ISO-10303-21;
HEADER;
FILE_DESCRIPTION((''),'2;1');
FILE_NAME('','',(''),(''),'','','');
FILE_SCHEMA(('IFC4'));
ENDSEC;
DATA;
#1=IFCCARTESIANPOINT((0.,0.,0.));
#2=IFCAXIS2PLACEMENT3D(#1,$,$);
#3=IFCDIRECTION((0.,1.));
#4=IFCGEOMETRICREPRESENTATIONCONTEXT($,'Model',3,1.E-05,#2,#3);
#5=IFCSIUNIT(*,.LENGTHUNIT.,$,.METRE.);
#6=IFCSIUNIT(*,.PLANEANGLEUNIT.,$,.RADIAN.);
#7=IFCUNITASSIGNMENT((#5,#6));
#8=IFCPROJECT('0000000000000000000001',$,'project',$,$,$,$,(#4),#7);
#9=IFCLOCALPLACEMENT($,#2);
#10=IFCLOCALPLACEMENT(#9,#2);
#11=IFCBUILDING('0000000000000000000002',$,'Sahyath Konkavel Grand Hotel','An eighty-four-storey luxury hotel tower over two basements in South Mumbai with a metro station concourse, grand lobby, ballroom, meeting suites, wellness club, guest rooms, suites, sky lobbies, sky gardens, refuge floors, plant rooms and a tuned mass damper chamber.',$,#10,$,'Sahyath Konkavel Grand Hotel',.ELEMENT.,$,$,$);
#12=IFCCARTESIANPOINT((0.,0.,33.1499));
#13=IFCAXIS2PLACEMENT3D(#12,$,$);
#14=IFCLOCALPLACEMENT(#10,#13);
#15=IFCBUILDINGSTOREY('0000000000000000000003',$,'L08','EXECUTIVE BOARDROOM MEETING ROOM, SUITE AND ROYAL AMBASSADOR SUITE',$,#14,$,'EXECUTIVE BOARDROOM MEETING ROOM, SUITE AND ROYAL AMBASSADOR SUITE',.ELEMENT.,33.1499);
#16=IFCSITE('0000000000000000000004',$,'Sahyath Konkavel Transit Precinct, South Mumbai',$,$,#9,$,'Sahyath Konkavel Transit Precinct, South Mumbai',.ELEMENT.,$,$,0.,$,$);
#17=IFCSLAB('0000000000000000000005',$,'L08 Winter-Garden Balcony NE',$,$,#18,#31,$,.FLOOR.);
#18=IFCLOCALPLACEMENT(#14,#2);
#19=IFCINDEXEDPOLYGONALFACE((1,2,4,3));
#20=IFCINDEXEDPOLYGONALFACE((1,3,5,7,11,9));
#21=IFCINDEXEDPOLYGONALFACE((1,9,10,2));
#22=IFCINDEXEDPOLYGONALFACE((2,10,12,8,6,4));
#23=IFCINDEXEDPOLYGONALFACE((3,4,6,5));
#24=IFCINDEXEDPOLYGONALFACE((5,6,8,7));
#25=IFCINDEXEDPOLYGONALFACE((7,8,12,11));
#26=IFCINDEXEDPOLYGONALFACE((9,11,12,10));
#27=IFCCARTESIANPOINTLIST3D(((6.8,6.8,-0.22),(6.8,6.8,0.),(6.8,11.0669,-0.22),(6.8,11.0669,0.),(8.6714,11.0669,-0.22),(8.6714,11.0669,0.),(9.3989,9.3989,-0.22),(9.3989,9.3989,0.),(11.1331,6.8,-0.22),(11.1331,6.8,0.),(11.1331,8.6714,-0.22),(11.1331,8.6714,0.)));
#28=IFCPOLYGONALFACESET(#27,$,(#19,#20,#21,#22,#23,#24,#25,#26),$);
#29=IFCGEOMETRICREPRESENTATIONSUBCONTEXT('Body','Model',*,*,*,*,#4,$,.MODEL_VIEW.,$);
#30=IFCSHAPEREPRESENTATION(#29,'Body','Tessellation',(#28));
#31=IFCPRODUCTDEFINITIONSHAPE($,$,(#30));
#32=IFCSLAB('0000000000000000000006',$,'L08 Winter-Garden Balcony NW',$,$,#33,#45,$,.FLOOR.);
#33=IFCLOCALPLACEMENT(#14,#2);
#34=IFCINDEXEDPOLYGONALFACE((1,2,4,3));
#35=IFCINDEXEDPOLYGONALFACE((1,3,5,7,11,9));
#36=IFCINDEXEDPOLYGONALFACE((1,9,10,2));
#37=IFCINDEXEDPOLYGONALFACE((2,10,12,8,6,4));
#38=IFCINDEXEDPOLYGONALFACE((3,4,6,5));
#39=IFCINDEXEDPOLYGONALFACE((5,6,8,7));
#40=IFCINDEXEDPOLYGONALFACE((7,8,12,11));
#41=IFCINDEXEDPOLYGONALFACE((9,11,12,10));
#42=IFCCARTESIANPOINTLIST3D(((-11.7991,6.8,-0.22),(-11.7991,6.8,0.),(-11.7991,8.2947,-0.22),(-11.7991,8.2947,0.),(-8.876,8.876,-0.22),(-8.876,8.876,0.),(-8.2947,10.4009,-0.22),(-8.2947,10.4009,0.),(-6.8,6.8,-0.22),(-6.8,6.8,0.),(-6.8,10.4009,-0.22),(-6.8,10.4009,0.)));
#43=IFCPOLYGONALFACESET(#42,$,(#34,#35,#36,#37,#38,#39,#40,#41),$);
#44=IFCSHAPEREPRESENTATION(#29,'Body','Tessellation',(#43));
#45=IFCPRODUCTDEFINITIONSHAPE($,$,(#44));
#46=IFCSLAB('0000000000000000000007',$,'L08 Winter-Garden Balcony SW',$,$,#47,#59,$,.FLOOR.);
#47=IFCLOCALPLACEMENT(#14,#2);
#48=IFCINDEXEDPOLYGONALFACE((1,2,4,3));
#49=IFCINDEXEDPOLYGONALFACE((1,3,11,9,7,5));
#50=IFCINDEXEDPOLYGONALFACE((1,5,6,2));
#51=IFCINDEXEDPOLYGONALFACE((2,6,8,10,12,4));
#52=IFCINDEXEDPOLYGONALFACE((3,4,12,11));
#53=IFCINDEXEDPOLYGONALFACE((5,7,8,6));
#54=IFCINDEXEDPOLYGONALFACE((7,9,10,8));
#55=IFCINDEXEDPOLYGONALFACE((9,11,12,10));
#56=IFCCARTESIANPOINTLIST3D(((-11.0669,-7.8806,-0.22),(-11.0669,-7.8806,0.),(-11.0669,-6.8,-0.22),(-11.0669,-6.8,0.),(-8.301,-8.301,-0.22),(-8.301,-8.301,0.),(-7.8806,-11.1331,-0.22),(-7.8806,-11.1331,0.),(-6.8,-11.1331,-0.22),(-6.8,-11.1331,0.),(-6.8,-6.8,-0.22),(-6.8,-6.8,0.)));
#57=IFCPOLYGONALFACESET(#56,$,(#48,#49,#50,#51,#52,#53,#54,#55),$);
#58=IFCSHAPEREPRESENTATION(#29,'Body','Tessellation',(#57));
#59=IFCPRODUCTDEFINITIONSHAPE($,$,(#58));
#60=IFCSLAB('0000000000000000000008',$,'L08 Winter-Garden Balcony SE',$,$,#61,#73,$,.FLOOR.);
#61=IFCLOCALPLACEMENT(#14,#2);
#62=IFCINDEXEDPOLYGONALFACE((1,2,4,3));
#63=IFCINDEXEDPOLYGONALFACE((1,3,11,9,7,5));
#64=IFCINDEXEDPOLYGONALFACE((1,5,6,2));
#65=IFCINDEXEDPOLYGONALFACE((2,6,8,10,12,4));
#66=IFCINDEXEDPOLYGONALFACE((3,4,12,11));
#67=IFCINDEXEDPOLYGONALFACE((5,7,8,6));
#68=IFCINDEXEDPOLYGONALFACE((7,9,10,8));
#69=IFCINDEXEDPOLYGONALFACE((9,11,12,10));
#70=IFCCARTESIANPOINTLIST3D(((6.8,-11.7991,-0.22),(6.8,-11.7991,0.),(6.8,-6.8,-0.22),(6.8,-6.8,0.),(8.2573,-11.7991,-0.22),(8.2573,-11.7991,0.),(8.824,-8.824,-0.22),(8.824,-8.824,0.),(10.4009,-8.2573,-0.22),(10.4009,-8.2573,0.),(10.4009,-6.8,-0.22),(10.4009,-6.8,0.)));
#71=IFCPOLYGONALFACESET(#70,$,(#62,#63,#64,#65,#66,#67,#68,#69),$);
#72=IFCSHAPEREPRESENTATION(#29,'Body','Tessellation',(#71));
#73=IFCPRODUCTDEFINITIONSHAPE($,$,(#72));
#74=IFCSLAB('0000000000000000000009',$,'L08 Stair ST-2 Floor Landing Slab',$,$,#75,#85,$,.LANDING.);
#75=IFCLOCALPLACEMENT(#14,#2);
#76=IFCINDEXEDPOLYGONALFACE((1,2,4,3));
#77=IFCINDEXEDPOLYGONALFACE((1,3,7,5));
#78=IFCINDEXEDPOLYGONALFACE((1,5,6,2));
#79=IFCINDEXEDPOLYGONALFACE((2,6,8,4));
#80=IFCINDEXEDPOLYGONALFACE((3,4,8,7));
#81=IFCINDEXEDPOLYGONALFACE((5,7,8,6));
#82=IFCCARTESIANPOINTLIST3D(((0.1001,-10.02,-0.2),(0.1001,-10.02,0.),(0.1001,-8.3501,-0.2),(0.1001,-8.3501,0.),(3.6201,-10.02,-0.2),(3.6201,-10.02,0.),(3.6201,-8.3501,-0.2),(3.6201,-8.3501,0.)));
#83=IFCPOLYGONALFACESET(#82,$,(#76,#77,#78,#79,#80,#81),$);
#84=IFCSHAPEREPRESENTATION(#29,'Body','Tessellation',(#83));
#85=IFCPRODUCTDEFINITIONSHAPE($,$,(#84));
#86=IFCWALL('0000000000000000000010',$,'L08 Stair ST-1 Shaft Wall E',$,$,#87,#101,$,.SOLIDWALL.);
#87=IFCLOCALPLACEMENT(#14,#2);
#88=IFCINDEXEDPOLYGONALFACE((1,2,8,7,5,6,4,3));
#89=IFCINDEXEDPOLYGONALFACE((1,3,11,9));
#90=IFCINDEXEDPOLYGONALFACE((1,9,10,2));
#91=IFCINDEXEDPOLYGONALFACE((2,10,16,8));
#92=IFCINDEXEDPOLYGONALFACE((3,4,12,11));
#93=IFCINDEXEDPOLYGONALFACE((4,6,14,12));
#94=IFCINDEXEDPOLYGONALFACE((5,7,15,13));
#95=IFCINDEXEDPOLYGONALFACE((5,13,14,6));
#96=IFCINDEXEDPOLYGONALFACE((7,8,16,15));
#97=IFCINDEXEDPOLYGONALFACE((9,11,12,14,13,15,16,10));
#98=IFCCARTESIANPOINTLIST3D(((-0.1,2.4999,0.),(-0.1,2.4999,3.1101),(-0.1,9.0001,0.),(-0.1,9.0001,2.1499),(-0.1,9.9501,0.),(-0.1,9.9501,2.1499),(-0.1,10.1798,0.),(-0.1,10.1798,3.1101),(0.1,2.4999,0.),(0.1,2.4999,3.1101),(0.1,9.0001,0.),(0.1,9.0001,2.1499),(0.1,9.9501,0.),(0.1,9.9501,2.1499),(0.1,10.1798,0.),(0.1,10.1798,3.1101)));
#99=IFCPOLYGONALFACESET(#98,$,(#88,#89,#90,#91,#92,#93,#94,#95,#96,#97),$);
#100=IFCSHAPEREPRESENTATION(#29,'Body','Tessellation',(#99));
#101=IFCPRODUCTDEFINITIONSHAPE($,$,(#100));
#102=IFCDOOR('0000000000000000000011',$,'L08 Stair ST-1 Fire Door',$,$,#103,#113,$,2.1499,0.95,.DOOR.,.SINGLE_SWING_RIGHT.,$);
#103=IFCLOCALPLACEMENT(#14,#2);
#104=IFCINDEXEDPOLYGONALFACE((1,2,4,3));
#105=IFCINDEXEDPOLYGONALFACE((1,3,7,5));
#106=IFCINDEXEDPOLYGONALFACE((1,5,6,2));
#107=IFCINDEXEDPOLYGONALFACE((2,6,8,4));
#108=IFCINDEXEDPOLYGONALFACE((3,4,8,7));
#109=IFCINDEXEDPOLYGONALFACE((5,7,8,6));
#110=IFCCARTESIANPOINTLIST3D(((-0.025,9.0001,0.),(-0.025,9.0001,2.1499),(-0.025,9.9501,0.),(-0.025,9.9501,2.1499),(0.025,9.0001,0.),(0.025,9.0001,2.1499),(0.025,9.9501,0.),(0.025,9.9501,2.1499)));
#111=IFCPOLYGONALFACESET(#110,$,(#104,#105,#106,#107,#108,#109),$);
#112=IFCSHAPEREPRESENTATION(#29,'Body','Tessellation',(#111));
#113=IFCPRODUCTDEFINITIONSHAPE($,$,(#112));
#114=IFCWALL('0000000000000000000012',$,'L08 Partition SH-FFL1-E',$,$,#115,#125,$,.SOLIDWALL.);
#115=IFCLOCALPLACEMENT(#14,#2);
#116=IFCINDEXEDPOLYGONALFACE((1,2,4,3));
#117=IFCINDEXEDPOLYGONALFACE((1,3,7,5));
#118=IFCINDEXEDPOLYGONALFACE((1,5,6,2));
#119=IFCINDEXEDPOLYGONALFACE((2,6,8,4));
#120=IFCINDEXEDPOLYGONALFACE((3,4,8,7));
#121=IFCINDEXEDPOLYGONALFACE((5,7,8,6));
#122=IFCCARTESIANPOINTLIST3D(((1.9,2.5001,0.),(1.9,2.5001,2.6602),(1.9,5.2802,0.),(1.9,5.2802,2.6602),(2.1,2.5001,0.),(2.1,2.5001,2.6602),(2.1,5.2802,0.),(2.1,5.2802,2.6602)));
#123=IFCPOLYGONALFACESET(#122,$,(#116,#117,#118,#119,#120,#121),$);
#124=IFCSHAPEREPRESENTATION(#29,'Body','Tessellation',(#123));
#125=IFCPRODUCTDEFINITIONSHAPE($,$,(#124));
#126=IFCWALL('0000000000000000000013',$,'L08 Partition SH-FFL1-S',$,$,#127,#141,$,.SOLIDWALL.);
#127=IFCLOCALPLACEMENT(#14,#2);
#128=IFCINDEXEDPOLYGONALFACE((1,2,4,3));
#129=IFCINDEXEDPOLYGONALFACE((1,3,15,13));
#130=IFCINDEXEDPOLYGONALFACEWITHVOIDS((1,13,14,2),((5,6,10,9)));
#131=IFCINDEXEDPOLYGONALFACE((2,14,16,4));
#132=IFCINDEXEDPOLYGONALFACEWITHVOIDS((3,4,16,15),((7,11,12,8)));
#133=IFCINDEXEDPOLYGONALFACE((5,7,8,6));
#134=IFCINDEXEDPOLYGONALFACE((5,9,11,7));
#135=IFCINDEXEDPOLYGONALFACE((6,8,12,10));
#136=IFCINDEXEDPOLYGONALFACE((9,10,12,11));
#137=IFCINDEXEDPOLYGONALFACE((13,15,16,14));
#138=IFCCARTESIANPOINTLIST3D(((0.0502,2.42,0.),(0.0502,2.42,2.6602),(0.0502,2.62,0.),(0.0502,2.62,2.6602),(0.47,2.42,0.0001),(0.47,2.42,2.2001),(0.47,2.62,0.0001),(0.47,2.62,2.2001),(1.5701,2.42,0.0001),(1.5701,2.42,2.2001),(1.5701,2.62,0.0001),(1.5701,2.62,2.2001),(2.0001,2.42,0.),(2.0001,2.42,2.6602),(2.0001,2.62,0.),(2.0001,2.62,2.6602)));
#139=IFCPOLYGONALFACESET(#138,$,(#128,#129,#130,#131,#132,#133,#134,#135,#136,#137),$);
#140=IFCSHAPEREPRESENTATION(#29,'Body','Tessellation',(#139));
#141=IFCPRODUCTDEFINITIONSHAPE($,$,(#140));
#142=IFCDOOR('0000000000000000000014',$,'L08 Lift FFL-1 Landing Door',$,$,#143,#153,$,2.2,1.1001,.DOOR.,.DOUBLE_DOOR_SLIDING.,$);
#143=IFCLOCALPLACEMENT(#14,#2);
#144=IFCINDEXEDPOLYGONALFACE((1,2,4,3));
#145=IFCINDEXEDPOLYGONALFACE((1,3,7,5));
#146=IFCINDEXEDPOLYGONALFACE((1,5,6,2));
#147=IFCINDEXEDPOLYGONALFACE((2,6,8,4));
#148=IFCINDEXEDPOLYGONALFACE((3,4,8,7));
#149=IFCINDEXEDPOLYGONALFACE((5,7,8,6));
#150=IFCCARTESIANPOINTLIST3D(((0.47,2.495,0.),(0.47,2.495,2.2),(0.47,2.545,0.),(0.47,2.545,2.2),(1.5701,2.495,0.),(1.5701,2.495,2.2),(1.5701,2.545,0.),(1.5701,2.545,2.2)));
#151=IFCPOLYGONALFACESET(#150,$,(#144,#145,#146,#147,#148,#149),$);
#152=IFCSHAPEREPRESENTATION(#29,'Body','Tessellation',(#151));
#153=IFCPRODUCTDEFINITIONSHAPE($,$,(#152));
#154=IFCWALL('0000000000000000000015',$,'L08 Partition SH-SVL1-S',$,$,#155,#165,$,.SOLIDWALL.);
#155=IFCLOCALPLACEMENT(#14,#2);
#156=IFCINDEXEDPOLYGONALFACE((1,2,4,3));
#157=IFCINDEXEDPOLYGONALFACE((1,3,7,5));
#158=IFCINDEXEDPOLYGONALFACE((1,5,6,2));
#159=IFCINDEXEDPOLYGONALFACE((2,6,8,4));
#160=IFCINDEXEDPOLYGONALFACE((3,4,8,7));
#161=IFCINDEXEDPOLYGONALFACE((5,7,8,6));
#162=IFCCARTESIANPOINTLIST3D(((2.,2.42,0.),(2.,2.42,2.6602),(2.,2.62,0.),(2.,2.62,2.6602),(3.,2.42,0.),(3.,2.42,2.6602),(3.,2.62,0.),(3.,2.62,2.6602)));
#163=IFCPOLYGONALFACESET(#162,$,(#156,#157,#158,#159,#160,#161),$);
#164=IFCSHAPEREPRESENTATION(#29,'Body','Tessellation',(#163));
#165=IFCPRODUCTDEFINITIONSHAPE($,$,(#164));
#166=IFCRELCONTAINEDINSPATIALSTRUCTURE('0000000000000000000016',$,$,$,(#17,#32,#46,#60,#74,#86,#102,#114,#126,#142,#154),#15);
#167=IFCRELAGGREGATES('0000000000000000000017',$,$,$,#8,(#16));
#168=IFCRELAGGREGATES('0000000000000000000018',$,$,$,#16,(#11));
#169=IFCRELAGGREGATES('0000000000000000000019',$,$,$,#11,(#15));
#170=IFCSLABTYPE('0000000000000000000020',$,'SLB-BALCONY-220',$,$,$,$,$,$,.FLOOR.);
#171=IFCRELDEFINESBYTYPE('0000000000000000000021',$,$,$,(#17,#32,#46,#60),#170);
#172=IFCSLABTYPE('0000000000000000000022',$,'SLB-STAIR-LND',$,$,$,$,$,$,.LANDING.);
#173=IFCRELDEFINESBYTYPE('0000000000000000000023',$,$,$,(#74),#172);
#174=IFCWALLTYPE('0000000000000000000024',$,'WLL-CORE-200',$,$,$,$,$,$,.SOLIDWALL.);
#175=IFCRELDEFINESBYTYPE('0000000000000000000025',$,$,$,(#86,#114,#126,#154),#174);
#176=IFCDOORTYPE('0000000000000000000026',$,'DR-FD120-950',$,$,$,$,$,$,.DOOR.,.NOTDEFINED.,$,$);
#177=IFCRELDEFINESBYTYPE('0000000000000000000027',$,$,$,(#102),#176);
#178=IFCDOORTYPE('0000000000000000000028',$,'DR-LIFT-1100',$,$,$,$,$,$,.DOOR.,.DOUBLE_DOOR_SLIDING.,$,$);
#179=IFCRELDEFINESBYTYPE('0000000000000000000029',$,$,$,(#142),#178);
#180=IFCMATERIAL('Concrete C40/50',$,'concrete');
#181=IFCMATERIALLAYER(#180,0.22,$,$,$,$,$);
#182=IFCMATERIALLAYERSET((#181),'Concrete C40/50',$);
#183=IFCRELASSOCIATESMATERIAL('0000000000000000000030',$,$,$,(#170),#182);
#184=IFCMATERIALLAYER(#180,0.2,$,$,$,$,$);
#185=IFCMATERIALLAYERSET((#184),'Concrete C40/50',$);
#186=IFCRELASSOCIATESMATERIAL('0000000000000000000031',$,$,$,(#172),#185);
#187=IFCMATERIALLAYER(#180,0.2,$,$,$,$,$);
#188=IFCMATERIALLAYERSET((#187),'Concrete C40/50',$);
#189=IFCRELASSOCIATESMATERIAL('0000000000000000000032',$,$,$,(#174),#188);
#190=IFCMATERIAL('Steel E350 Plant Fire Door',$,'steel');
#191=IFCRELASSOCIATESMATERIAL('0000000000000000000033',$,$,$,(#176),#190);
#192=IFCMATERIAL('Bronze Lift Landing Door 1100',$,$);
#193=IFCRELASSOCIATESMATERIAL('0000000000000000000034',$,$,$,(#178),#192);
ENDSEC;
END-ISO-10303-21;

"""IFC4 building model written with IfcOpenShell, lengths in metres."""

from ifc_helpers import new_model, si_unit, direction, frame, frame_2d, origin, origin_2d, place, context, subcontext, project, spatial, polyline, rectangle, outline, extrude, source, transform, mapped, material, layer, layer_set, type_object, element, fill, save


model = new_model("IFC4")

# Units and contexts
model_context = context("Model", 3, precision=1e-05, world=origin(), true_north=direction((0.0, 1.0)))
body_context = subcontext(model_context, "Body", "Model", "MODEL_VIEW")
ifc_project = project(units=[si_unit("LENGTHUNIT", "METRE"), si_unit("PLANEANGLEUNIT", "RADIAN")], contexts=[model_context])

# Site, building, storey
site_placement = place(None, origin())
site = spatial("IfcSite", under=ifc_project, at=site_placement, Name="Sahyath Konkavel Transit Precinct, South Mumbai", LongName="Sahyath Konkavel Transit Precinct, South Mumbai", CompositionType="ELEMENT", RefElevation=0.0)
building_placement = place(site_placement, origin())
building = spatial("IfcBuilding", under=site, at=building_placement, Name="Sahyath Konkavel Grand Hotel", Description="An eighty-four-storey luxury hotel tower over two basements in South Mumbai with a metro station concourse, grand lobby, ballroom, meeting suites, wellness club, guest rooms, suites, sky lobbies, sky gardens, refuge floors, plant rooms and a tuned mass damper chamber.", LongName="Sahyath Konkavel Grand Hotel", CompositionType="ELEMENT")
storey_placement = place(building_placement, frame((0.0, 0.0, 33.1499)))
storey = spatial("IfcBuildingStorey", under=building, at=storey_placement, Name="L08", Description="EXECUTIVE BOARDROOM MEETING ROOM, SUITE AND ROYAL AMBASSADOR SUITE", LongName="EXECUTIVE BOARDROOM MEETING ROOM, SUITE AND ROYAL AMBASSADOR SUITE", CompositionType="ELEMENT", Elevation=33.1499)

# Slabs
ifc_material_1 = material(Name="Concrete C40/50", Category="concrete")
ifc_layer_1 = layer(ifc_material_1, 0.22)
ifc_layer_set_1 = layer_set([ifc_layer_1], Name="Concrete C40/50")
slab_type_1 = type_object("IfcSlabType", Name="SLB-BALCONY-220", PredefinedType="FLOOR", material=ifc_layer_set_1)
slab_1_placement = place(storey_placement, frame((0.0, 0.0, -0.22)))
element("IfcSlab", 1, at=slab_1_placement, inside=storey, type_object=slab_type_1, Name="L08 Winter-Garden Balcony NE", PredefinedType="FLOOR", context=body_context, shape_type="SweptSolid", body=[
    extrude(outline(polyline([(6.8, 6.8), (11.1331, 6.8), (11.1331, 8.6714), (9.3989, 9.3989), (8.6714, 11.0669), (6.8, 11.0669), (6.8, 6.8)])), origin(), (0.0, 0.0, 1.0), 0.22),
])
slab_2_placement = place(storey_placement, frame((0.0, 0.0, -0.22)))
element("IfcSlab", 2, at=slab_2_placement, inside=storey, type_object=slab_type_1, Name="L08 Winter-Garden Balcony NW", PredefinedType="FLOOR", context=body_context, shape_type="SweptSolid", body=[
    extrude(outline(polyline([(-6.8, 6.8), (-6.8, 10.4009), (-8.2947, 10.4009), (-8.876, 8.876), (-11.7991, 8.2947), (-11.7991, 6.8), (-6.8, 6.8)])), origin(), (0.0, 0.0, 1.0), 0.22),
])
slab_3_placement = place(storey_placement, frame((0.0, 0.0, -0.22)))
element("IfcSlab", 3, at=slab_3_placement, inside=storey, type_object=slab_type_1, Name="L08 Winter-Garden Balcony SW", PredefinedType="FLOOR", context=body_context, shape_type="SweptSolid", body=[
    extrude(outline(polyline([(-6.8, -6.8), (-11.0669, -6.8), (-11.0669, -7.8806), (-8.301, -8.301), (-7.8806, -11.1331), (-6.8, -11.1331), (-6.8, -6.8)])), origin(), (0.0, 0.0, 1.0), 0.22),
])
slab_4_placement = place(storey_placement, frame((0.0, 0.0, -0.22)))
element("IfcSlab", 4, at=slab_4_placement, inside=storey, type_object=slab_type_1, Name="L08 Winter-Garden Balcony SE", PredefinedType="FLOOR", context=body_context, shape_type="SweptSolid", body=[
    extrude(outline(polyline([(6.8, -6.8), (6.8, -11.7991), (8.2573, -11.7991), (8.824, -8.824), (10.4009, -8.2573), (10.4009, -6.8), (6.8, -6.8)])), origin(), (0.0, 0.0, 1.0), 0.22),
])
ifc_layer_2 = layer(ifc_material_1, 0.2)
ifc_layer_set_2 = layer_set([ifc_layer_2], Name="Concrete C40/50")
slab_type_2 = type_object("IfcSlabType", Name="SLB-STAIR-LND", PredefinedType="LANDING", material=ifc_layer_set_2)
slab_5_placement = place(storey_placement, frame((0.0, 0.0, -0.2)))
element("IfcSlab", 5, at=slab_5_placement, inside=storey, type_object=slab_type_2, Name="L08 Stair ST-2 Floor Landing Slab", PredefinedType="LANDING", context=body_context, shape_type="SweptSolid", body=[
    extrude(outline(polyline([(0.1001, -10.02), (3.6201, -10.02), (3.6201, -8.3501), (0.1001, -8.3501), (0.1001, -10.02)])), origin(), (0.0, 0.0, 1.0), 0.2),
])

# Wall, opening, door
ifc_layer_3 = layer(ifc_material_1, 0.2)
ifc_layer_set_3 = layer_set([ifc_layer_3], Name="Concrete C40/50")
wall_type_1 = type_object("IfcWallType", Name="WLL-CORE-200", PredefinedType="SOLIDWALL", material=ifc_layer_set_3)
wall_1_placement = place(storey_placement, frame((0.0, 2.5, 0.0), z_axis=(0.0, 0.0, 1.0), x_axis=(0.0, 1.0, 0.0)))
wall_1 = element("IfcWall", 6, at=wall_1_placement, inside=storey, type_object=wall_type_1, Name="L08 Stair ST-1 Shaft Wall E", PredefinedType="SOLIDWALL", context=body_context, shape_type="SweptSolid", body=[
    extrude(rectangle(XDim=7.6799, YDim=0.2, at=frame_2d((3.8398, 0.0))), origin(), (0.0, 0.0, 1.0), 3.1101),
])
opening_1_placement = place(wall_1_placement, frame((6.5, 0.0, 0.0)))
opening_1 = element("IfcOpeningElement", 7, at=opening_1_placement, cuts=wall_1, PredefinedType="OPENING", context=body_context, shape_type="SweptSolid", body=[
    extrude(rectangle(XDim=0.95, YDim=2.1499, at=frame_2d((0.4751, 1.075))), frame((0.0, 0.1099, 0.0), z_axis=(0.0, -1.0, 0.0), x_axis=(1.0, 0.0, 0.0)), (0.0, 0.0, 1.0), 0.22),
])
ifc_material_2 = material(Name="Steel E350 Plant Fire Door", Category="steel")
door_type_1 = type_object("IfcDoorType", Name="DR-FD120-950", OperationType="NOTDEFINED", PredefinedType="DOOR", material=ifc_material_2)
shared_shape_1 = source(origin(), body_context, "Body", "SweptSolid", [
    extrude(rectangle(XDim=0.95, YDim=0.05, at=origin_2d()), origin(), (0.0, 0.0, 1.0), 2.1499),
])
door_1_placement = place(opening_1_placement, frame((0.4751, 0.0, 0.0)))
door_1 = element("IfcDoor", 8, at=door_1_placement, inside=storey, type_object=door_type_1, Name="L08 Stair ST-1 Fire Door", OperationType="SINGLE_SWING_RIGHT", OverallHeight=2.1499, OverallWidth=0.95, PredefinedType="DOOR", context=body_context, shape_type="MappedRepresentation", body=[
    mapped(shared_shape_1, transform((0.0, 0.0, 0.0), scale=1.0)),
])
fill(opening_1, door_1)

# Wall
wall_2_placement = place(storey_placement, frame((2.0, 2.5, 0.0), z_axis=(0.0, 0.0, 1.0), x_axis=(0.0, 1.0, 0.0)))
element("IfcWall", 9, at=wall_2_placement, inside=storey, type_object=wall_type_1, Name="L08 Partition SH-FFL1-E", PredefinedType="SOLIDWALL", context=body_context, shape_type="SweptSolid", body=[
    extrude(rectangle(XDim=2.78, YDim=0.2, at=frame_2d((1.3901, 0.0))), origin(), (0.0, 0.0, 1.0), 2.6602),
])

# Wall, opening, door
wall_3_placement = place(storey_placement, frame((0.05, 2.52, 0.0), z_axis=(0.0, 0.0, 1.0), x_axis=(1.0, 0.0, 0.0)))
wall_3 = element("IfcWall", 10, at=wall_3_placement, inside=storey, type_object=wall_type_1, Name="L08 Partition SH-FFL1-S", PredefinedType="SOLIDWALL", context=body_context, shape_type="SweptSolid", body=[
    extrude(rectangle(XDim=1.95, YDim=0.2, at=frame_2d((0.9751, 0.0))), origin(), (0.0, 0.0, 1.0), 2.6602),
])
opening_2_placement = place(wall_3_placement, frame((0.4199, 0.0, 0.0)))
opening_2 = element("IfcOpeningElement", 11, at=opening_2_placement, cuts=wall_3, PredefinedType="OPENING", context=body_context, shape_type="SweptSolid", body=[
    extrude(rectangle(XDim=1.1001, YDim=2.2, at=frame_2d((0.55, 1.1001))), frame((0.0, 0.1099, 0.0), z_axis=(0.0, -1.0, 0.0), x_axis=(1.0, 0.0, 0.0)), (0.0, 0.0, 1.0), 0.22),
])
ifc_material_3 = material(Name="Bronze Lift Landing Door 1100")
door_type_2 = type_object("IfcDoorType", Name="DR-LIFT-1100", OperationType="DOUBLE_DOOR_SLIDING", PredefinedType="DOOR", material=ifc_material_3)
shared_shape_2 = source(origin(), body_context, "Body", "SweptSolid", [
    extrude(rectangle(XDim=1.1001, YDim=0.05, at=origin_2d()), origin(), (0.0, 0.0, 1.0), 2.2),
])
door_2_placement = place(opening_2_placement, frame((0.55, 0.0, 0.0)))
door_2 = element("IfcDoor", 12, at=door_2_placement, inside=storey, type_object=door_type_2, Name="L08 Lift FFL-1 Landing Door", OperationType="DOUBLE_DOOR_SLIDING", OverallHeight=2.2, OverallWidth=1.1001, PredefinedType="DOOR", context=body_context, shape_type="MappedRepresentation", body=[
    mapped(shared_shape_2, transform((0.0, 0.0, 0.0), scale=1.0)),
])
fill(opening_2, door_2)

# Wall
wall_4_placement = place(storey_placement, frame((2.0, 2.52, 0.0), z_axis=(0.0, 0.0, 1.0), x_axis=(1.0, 0.0, 0.0)))
element("IfcWall", 13, at=wall_4_placement, inside=storey, type_object=wall_type_1, Name="L08 Partition SH-SVL1-S", PredefinedType="SOLIDWALL", context=body_context, shape_type="SweptSolid", body=[
    extrude(rectangle(XDim=1.0, YDim=0.2, at=frame_2d((0.5, 0.0))), origin(), (0.0, 0.0, 1.0), 2.6602),
])

save(model, "model.ifc")
